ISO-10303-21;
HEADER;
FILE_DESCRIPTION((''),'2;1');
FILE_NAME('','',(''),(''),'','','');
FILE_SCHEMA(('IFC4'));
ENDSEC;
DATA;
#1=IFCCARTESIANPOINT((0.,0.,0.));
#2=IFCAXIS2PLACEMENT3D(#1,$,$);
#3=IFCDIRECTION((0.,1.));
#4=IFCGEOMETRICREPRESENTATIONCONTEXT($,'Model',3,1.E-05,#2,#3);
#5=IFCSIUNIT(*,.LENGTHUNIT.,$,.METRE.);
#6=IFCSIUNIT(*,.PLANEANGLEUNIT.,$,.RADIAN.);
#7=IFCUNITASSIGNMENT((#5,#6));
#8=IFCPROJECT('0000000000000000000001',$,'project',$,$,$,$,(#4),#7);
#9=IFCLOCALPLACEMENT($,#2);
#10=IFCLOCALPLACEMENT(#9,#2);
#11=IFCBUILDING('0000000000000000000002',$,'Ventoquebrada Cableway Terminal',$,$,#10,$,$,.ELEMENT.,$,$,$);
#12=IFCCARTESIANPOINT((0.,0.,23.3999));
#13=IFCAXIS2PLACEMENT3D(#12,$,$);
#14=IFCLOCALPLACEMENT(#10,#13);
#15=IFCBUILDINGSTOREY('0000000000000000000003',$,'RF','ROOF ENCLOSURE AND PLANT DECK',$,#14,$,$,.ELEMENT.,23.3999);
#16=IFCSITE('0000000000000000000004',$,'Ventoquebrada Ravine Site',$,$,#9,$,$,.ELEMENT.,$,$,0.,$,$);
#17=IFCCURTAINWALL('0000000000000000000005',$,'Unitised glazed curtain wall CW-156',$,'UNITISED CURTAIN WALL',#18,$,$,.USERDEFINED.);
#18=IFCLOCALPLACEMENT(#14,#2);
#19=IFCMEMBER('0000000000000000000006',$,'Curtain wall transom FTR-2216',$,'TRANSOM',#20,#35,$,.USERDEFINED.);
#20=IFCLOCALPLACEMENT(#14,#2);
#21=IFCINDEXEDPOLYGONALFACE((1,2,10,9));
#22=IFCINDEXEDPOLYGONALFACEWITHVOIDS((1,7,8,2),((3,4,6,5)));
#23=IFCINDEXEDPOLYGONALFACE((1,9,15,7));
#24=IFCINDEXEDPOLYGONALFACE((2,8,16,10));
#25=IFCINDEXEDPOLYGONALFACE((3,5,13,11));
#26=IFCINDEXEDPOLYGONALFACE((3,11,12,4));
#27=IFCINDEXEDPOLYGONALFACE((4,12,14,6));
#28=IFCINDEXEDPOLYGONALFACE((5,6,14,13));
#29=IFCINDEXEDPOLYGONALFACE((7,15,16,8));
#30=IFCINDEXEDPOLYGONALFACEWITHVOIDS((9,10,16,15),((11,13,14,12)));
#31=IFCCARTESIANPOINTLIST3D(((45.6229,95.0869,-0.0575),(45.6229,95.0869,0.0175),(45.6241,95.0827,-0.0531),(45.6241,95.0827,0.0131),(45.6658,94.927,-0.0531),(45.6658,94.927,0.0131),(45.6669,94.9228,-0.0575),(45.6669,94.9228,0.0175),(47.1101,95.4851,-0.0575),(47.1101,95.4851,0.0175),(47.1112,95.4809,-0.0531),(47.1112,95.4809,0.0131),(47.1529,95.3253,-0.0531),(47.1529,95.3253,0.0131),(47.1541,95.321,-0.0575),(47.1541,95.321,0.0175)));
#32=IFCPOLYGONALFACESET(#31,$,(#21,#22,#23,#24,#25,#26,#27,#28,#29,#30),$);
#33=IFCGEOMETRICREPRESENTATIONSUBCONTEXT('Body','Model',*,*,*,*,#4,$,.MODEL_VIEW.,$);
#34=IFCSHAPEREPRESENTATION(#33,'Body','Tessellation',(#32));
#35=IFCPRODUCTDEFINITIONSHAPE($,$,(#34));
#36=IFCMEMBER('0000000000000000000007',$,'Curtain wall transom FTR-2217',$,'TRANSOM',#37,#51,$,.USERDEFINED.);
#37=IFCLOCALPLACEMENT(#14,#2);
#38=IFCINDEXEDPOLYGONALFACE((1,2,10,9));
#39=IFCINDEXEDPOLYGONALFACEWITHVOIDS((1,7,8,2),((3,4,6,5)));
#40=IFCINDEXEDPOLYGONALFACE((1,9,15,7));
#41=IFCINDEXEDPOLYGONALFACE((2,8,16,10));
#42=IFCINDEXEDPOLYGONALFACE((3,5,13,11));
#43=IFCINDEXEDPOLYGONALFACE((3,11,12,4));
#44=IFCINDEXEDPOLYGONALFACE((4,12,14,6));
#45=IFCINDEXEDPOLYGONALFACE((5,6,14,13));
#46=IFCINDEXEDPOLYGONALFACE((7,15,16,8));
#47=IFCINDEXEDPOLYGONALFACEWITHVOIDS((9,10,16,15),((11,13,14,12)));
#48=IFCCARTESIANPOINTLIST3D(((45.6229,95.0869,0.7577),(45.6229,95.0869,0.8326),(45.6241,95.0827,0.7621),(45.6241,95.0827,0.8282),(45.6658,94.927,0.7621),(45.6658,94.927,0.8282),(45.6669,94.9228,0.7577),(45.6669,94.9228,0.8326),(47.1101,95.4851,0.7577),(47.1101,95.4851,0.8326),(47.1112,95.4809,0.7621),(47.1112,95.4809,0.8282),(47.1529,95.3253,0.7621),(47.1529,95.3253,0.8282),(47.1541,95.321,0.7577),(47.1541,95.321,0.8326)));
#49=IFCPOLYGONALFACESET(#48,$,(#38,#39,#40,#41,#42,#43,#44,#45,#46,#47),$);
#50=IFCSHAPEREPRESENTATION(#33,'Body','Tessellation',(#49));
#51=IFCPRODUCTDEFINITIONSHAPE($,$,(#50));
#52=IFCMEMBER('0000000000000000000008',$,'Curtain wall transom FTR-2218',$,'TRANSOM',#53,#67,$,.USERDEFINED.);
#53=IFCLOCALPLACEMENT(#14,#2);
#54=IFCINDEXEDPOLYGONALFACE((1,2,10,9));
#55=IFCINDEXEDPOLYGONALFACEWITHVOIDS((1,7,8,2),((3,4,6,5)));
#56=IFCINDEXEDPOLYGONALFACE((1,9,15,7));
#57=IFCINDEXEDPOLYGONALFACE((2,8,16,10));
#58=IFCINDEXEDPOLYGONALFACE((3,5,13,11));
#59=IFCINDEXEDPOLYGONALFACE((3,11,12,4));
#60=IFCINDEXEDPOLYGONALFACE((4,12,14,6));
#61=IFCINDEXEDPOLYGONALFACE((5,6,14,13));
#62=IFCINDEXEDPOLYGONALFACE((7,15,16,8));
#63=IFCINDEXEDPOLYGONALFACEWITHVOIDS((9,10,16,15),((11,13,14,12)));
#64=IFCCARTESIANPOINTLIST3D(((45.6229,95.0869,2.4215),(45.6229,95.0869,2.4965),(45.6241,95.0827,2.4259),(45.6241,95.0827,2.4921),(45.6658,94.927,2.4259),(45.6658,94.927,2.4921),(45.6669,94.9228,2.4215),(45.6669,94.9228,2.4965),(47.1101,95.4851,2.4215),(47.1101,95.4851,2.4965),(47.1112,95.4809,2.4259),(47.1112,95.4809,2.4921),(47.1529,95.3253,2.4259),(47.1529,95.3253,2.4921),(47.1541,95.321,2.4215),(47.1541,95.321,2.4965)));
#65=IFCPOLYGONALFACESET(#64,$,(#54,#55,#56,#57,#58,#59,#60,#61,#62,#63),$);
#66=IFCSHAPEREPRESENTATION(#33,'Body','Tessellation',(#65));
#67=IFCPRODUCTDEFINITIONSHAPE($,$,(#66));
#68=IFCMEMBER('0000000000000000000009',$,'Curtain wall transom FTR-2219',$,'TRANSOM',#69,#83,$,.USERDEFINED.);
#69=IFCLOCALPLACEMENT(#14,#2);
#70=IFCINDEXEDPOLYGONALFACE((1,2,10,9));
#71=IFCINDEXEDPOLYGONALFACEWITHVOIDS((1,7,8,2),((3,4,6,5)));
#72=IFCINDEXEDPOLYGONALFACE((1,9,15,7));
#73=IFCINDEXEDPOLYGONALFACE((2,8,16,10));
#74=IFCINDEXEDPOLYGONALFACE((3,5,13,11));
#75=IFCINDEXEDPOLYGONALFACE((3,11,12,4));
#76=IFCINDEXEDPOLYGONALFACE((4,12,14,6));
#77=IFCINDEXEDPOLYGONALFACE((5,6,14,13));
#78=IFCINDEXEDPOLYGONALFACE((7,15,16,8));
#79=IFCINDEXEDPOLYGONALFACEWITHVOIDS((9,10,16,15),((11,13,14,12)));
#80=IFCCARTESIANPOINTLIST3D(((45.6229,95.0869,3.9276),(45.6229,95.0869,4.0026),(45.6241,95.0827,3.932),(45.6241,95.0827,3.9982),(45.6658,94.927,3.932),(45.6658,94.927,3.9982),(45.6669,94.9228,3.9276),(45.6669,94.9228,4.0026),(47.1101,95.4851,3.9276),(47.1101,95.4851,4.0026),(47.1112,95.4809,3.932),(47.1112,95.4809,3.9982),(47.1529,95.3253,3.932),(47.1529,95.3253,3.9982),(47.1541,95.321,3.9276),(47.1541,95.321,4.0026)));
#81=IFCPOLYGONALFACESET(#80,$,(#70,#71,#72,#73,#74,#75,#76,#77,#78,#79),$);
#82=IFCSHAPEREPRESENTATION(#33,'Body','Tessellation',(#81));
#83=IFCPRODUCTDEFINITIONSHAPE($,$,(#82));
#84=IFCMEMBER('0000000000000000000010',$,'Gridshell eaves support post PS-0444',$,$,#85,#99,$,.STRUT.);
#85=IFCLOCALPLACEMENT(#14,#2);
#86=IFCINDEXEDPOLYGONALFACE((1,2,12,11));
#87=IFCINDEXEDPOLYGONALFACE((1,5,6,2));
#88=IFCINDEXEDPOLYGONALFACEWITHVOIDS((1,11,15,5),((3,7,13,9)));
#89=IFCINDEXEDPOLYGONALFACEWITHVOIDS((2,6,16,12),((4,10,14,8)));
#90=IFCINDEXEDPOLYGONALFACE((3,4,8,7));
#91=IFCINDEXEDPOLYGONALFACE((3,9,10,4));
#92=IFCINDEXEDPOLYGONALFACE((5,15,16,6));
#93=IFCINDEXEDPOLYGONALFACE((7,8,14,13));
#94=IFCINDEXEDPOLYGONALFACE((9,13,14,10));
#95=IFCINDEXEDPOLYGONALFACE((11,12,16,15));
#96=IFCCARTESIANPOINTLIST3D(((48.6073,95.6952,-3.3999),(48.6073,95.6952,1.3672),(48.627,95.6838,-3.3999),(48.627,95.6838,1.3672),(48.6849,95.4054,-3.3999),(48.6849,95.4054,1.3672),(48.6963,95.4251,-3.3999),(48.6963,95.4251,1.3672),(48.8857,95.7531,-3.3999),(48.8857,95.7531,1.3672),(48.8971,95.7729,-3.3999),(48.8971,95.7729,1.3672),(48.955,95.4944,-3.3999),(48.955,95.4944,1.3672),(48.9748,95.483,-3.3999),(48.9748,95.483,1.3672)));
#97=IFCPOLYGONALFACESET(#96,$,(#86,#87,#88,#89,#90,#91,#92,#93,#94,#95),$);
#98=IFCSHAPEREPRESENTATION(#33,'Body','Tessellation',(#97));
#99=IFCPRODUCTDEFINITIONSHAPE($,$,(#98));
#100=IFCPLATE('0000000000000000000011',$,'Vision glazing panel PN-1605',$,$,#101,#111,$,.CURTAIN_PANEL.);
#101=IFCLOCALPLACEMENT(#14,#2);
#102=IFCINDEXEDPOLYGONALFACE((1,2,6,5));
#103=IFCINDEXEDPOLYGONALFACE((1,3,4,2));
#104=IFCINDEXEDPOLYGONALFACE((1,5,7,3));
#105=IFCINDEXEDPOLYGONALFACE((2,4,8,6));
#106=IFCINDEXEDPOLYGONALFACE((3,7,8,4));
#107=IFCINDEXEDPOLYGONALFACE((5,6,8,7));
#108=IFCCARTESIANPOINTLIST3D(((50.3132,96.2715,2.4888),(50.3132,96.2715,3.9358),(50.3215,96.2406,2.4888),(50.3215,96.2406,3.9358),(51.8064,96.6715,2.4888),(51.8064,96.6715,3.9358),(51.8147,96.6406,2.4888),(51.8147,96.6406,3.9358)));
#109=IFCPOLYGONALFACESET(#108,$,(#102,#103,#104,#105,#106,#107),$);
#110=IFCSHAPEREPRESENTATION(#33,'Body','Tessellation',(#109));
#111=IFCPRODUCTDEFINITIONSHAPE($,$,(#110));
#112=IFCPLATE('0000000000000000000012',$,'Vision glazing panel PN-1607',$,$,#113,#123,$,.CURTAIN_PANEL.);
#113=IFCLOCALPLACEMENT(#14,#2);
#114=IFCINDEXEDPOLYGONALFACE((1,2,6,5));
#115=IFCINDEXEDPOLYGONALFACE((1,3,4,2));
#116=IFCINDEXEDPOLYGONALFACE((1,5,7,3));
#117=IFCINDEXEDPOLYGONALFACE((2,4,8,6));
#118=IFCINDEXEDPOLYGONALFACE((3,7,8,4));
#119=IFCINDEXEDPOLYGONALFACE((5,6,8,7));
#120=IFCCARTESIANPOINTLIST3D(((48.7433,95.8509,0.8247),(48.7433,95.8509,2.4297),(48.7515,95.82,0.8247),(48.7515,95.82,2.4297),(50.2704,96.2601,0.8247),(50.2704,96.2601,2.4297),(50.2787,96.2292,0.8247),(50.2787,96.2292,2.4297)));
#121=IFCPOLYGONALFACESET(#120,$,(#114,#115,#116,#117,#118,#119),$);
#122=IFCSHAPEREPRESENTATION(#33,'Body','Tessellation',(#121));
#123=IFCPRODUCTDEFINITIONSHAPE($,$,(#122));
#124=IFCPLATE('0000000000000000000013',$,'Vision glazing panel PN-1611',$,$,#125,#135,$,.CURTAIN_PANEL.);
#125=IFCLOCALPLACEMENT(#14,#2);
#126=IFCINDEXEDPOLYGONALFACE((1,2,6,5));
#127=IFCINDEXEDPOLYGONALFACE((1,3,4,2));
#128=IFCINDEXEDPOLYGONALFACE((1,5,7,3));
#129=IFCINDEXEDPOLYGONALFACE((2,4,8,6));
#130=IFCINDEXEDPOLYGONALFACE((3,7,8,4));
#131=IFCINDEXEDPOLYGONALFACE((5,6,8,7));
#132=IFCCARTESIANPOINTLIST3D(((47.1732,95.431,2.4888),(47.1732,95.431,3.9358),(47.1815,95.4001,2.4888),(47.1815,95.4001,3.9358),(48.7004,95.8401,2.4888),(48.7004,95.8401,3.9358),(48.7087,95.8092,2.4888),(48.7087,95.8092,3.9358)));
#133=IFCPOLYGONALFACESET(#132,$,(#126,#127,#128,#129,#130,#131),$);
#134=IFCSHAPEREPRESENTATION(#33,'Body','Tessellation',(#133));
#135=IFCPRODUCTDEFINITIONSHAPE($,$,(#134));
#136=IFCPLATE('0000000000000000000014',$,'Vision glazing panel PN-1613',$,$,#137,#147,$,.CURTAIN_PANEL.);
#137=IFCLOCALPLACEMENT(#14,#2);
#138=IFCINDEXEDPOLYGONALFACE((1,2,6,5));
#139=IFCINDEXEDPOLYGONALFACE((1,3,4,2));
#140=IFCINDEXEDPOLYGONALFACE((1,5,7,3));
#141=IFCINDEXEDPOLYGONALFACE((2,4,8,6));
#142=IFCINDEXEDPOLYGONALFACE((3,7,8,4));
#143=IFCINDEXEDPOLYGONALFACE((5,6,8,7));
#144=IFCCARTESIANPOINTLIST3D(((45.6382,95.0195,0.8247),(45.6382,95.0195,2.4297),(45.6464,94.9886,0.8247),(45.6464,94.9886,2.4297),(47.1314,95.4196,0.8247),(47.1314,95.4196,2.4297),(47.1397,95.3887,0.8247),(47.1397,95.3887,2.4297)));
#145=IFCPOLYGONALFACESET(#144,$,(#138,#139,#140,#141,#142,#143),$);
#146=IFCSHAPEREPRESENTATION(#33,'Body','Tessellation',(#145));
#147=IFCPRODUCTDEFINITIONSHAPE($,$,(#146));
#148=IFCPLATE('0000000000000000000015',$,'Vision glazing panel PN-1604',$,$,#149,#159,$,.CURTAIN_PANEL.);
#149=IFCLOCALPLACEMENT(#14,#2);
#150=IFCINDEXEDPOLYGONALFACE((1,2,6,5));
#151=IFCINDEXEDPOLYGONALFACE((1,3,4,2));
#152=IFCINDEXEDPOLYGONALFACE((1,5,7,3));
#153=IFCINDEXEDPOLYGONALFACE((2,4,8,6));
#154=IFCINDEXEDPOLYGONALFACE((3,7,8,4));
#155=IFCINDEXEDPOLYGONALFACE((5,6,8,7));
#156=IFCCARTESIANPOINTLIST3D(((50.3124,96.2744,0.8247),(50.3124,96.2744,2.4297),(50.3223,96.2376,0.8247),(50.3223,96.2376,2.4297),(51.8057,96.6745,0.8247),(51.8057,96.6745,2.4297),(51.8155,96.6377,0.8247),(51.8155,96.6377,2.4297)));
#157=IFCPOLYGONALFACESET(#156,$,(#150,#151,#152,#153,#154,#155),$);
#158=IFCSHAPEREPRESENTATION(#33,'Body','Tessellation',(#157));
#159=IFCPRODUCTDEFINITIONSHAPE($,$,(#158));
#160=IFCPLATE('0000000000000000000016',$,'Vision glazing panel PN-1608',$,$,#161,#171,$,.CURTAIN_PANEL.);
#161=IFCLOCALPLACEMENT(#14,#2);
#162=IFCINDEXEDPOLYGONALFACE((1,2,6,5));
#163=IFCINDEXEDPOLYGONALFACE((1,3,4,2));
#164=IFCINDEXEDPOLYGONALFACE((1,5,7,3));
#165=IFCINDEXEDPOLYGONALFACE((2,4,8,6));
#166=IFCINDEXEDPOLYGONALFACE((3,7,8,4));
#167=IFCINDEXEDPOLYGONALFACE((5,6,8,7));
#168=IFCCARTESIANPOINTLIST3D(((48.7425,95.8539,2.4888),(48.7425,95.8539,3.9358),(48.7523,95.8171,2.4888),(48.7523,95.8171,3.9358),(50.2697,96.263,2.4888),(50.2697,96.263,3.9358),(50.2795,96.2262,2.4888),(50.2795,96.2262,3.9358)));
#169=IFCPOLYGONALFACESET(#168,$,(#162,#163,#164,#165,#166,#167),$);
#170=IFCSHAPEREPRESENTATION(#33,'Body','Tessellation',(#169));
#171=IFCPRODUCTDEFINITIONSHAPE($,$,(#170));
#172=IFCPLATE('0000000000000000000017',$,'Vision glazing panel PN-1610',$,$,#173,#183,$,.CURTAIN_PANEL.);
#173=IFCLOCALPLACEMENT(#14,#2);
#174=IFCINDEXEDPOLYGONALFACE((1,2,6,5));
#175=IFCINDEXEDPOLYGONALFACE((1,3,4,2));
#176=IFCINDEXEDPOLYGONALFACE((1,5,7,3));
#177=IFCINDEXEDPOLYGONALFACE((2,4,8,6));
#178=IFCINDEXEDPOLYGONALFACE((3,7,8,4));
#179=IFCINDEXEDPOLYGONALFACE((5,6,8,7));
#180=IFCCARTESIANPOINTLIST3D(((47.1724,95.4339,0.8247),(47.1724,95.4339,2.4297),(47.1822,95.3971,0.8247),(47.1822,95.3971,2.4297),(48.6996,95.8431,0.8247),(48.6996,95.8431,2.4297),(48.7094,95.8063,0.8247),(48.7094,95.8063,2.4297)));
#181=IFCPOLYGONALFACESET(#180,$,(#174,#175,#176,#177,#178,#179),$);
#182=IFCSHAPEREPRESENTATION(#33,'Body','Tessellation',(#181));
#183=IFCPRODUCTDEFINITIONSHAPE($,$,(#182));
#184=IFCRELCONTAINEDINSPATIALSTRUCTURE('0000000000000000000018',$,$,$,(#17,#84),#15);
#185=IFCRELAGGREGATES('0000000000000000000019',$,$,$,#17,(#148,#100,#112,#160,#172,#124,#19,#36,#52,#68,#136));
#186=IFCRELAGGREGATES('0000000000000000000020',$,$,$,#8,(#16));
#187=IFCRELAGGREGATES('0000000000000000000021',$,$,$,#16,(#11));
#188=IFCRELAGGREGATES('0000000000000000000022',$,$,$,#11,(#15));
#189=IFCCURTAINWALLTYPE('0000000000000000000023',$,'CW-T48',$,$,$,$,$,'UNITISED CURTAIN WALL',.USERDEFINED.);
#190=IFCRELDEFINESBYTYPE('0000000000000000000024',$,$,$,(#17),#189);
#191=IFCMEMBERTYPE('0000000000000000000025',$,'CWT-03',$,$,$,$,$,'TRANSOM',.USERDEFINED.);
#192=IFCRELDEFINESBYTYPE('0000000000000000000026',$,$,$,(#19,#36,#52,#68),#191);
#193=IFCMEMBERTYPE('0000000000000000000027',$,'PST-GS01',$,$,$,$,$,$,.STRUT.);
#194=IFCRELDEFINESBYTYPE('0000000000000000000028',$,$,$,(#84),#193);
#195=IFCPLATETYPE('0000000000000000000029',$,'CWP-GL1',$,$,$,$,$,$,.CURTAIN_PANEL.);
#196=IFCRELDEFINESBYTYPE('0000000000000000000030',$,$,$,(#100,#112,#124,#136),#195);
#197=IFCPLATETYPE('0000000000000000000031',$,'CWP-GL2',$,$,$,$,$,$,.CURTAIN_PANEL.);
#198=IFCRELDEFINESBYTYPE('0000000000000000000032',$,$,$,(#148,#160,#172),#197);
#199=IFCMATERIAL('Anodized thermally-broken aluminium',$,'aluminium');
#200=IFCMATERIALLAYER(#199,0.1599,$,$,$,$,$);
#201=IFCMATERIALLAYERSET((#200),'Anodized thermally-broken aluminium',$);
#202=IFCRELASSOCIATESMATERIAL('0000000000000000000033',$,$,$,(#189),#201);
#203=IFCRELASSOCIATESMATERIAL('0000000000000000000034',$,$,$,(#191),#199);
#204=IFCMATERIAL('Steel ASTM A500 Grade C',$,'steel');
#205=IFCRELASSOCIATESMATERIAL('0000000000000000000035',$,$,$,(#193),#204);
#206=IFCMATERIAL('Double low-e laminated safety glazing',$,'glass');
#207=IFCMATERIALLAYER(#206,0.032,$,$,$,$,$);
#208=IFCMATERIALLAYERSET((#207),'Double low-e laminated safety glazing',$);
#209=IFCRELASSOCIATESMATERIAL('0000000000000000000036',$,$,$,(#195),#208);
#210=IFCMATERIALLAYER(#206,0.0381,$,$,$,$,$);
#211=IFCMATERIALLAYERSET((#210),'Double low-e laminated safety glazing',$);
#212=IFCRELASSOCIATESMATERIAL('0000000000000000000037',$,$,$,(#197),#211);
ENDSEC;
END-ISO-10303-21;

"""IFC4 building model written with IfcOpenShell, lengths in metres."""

from ifc_helpers import new_model, si_unit, direction, frame, origin, origin_2d, place, context, subcontext, project, spatial, rectangle, hollow_rectangle, extrude, material, layer, layer_set, material_profile, profile_set, type_object, element, aggregate, save


model = new_model("IFC4")

# Units and contexts
model_context = context("Model", 3, precision=1e-05, world=origin(), true_north=direction((0.0, 1.0)))
body_context = subcontext(model_context, "Body", "Model", "MODEL_VIEW")
ifc_project = project(units=[si_unit("LENGTHUNIT", "METRE"), si_unit("PLANEANGLEUNIT", "RADIAN")], contexts=[model_context])

# Site, building, storey
site_placement = place(None, origin())
site = spatial("IfcSite", under=ifc_project, at=site_placement, Name="Ventoquebrada Ravine Site", CompositionType="ELEMENT", RefElevation=0.0)
building_placement = place(site_placement, origin())
building = spatial("IfcBuilding", under=site, at=building_placement, Name="Ventoquebrada Cableway Terminal", CompositionType="ELEMENT")
storey_placement = place(building_placement, frame((0.0, 0.0, 23.3999)))
storey = spatial("IfcBuildingStorey", under=building, at=storey_placement, Name="RF", Description="ROOF ENCLOSURE AND PLANT DECK", CompositionType="ELEMENT", Elevation=23.3999)

# Curtain wall, members
ifc_material_1 = material(Name="Anodized thermally-broken aluminium", Category="aluminium")
ifc_layer_1 = layer(ifc_material_1, 0.1599)
ifc_layer_set_1 = layer_set([ifc_layer_1], Name="Anodized thermally-broken aluminium")
curtain_wall_type = type_object("IfcCurtainWallType", Name="CW-T48", ElementType="UNITISED CURTAIN WALL", PredefinedType="USERDEFINED", material=ifc_layer_set_1)
curtain_wall_placement = place(storey_placement, origin())
curtain_wall = element("IfcCurtainWall", 1, at=curtain_wall_placement, inside=storey, type_object=curtain_wall_type, Name="Unitised glazed curtain wall CW-156", ObjectType="UNITISED CURTAIN WALL", PredefinedType="USERDEFINED")
ifc_material_profile_1 = material_profile(ifc_material_1, hollow_rectangle(XDim=0.075, YDim=0.1699, WallThickness=0.0044, at=origin_2d()), Name="CW-TRN-75X170")
ifc_profile_set_1 = profile_set([ifc_material_profile_1], Name="Anodized thermally-broken aluminium")
member_type_1 = type_object("IfcMemberType", Name="CWT-03", ElementType="TRANSOM", PredefinedType="USERDEFINED", material=ifc_profile_set_1)
member_1_placement = place(storey_placement, frame((47.1321, 95.4031, -0.02), z_axis=(-0.965969, -0.258659, 0.0), x_axis=(0.0, 0.0, 1.0)))
member_1 = element("IfcMember", 2, at=member_1_placement, type_object=member_type_1, Name="Curtain wall transom FTR-2216", ObjectType="TRANSOM", PredefinedType="USERDEFINED", context=body_context, shape_type="SweptSolid", body=[
    extrude(hollow_rectangle(XDim=0.075, YDim=0.1699, WallThickness=0.0044, at=origin_2d()), origin(), (0.0, 0.0, 1.0), 1.5396),
])
member_2_placement = place(storey_placement, frame((47.1321, 95.4031, 0.7952), z_axis=(-0.965969, -0.258659, 0.0), x_axis=(0.0, 0.0, 1.0)))
member_2 = element("IfcMember", 3, at=member_2_placement, type_object=member_type_1, Name="Curtain wall transom FTR-2217", ObjectType="TRANSOM", PredefinedType="USERDEFINED", context=body_context, shape_type="SweptSolid", body=[
    extrude(hollow_rectangle(XDim=0.075, YDim=0.1699, WallThickness=0.0044, at=origin_2d()), origin(), (0.0, 0.0, 1.0), 1.5396),
])
member_3_placement = place(storey_placement, frame((47.1321, 95.4031, 2.459), z_axis=(-0.965969, -0.258659, 0.0), x_axis=(0.0, 0.0, 1.0)))
member_3 = element("IfcMember", 4, at=member_3_placement, type_object=member_type_1, Name="Curtain wall transom FTR-2218", ObjectType="TRANSOM", PredefinedType="USERDEFINED", context=body_context, shape_type="SweptSolid", body=[
    extrude(hollow_rectangle(XDim=0.075, YDim=0.1699, WallThickness=0.0044, at=origin_2d()), origin(), (0.0, 0.0, 1.0), 1.5396),
])
member_4_placement = place(storey_placement, frame((47.1321, 95.4031, 3.9651), z_axis=(-0.965969, -0.258659, 0.0), x_axis=(0.0, 0.0, 1.0)))
member_4 = element("IfcMember", 5, at=member_4_placement, type_object=member_type_1, Name="Curtain wall transom FTR-2219", ObjectType="TRANSOM", PredefinedType="USERDEFINED", context=body_context, shape_type="SweptSolid", body=[
    extrude(hollow_rectangle(XDim=0.075, YDim=0.1699, WallThickness=0.0044, at=origin_2d()), origin(), (0.0, 0.0, 1.0), 1.5396),
])

# Member
ifc_material_2 = material(Name="Steel ASTM A500 Grade C", Category="steel")
ifc_material_profile_2 = material_profile(ifc_material_2, hollow_rectangle(XDim=0.3, YDim=0.3, WallThickness=0.0161, at=origin_2d()), Name="HSS300X300X16")
ifc_profile_set_2 = profile_set([ifc_material_profile_2], Name="Steel ASTM A500 Grade C")
member_type_2 = type_object("IfcMemberType", Name="PST-GS01", PredefinedType="STRUT", material=ifc_profile_set_2)
member_5_placement = place(storey_placement, frame((48.791, 95.5891, -3.3999), z_axis=(0.0, 0.0, 1.0), x_axis=(0.965926, 0.258819, 0.0)))
element("IfcMember", 6, at=member_5_placement, inside=storey, type_object=member_type_2, Name="Gridshell eaves support post PS-0444", PredefinedType="STRUT", context=body_context, shape_type="SweptSolid", body=[
    extrude(hollow_rectangle(XDim=0.3, YDim=0.3, WallThickness=0.0161, at=origin_2d()), origin(), (0.0, 0.0, 1.0), 4.7671),
])

# Plates
ifc_material_3 = material(Name="Double low-e laminated safety glazing", Category="glass")
ifc_layer_2 = layer(ifc_material_3, 0.032)
ifc_layer_set_2 = layer_set([ifc_layer_2], Name="Double low-e laminated safety glazing")
plate_type_1 = type_object("IfcPlateType", Name="CWP-GL1", PredefinedType="CURTAIN_PANEL", material=ifc_layer_set_2)
plate_1_placement = place(storey_placement, frame((51.064, 96.4561, 2.4888), z_axis=(0.0, 0.0, 1.0), x_axis=(-0.965935, -0.258785, 0.0)))
plate_1 = element("IfcPlate", 7, at=plate_1_placement, type_object=plate_type_1, Name="Vision glazing panel PN-1605", PredefinedType="CURTAIN_PANEL", context=body_context, shape_type="SweptSolid", body=[
    extrude(rectangle(XDim=1.5459, YDim=0.032, at=origin_2d()), origin(), (0.0, 0.0, 1.0), 1.447),
])
plate_2_placement = place(storey_placement, frame((49.511, 96.04, 0.8247), z_axis=(0.0, 0.0, 1.0), x_axis=(-0.965935, -0.258785, 0.0)))
plate_2 = element("IfcPlate", 8, at=plate_2_placement, type_object=plate_type_1, Name="Vision glazing panel PN-1607", PredefinedType="CURTAIN_PANEL", context=body_context, shape_type="SweptSolid", body=[
    extrude(rectangle(XDim=1.5811, YDim=0.032, at=origin_2d()), origin(), (0.0, 0.0, 1.0), 1.605),
])
plate_3_placement = place(storey_placement, frame((47.9409, 95.6201, 2.4888), z_axis=(0.0, 0.0, 1.0), x_axis=(-0.965935, -0.258785, 0.0)))
plate_3 = element("IfcPlate", 9, at=plate_3_placement, type_object=plate_type_1, Name="Vision glazing panel PN-1611", PredefinedType="CURTAIN_PANEL", context=body_context, shape_type="SweptSolid", body=[
    extrude(rectangle(XDim=1.5811, YDim=0.032, at=origin_2d()), origin(), (0.0, 0.0, 1.0), 1.447),
])
plate_4_placement = place(storey_placement, frame((46.3889, 95.2041, 0.8247), z_axis=(0.0, 0.0, 1.0), x_axis=(-0.965935, -0.258785, 0.0)))
plate_4 = element("IfcPlate", 10, at=plate_4_placement, type_object=plate_type_1, Name="Vision glazing panel PN-1613", PredefinedType="CURTAIN_PANEL", context=body_context, shape_type="SweptSolid", body=[
    extrude(rectangle(XDim=1.5459, YDim=0.032, at=origin_2d()), origin(), (0.0, 0.0, 1.0), 1.605),
])
ifc_layer_3 = layer(ifc_material_3, 0.0381)
ifc_layer_set_3 = layer_set([ifc_layer_3], Name="Double low-e laminated safety glazing")
plate_type_2 = type_object("IfcPlateType", Name="CWP-GL2", PredefinedType="CURTAIN_PANEL", material=ifc_layer_set_3)
plate_5_placement = place(storey_placement, frame((51.064, 96.4561, 0.8247), z_axis=(0.0, 0.0, 1.0), x_axis=(-0.965935, -0.258785, 0.0)))
plate_5 = element("IfcPlate", 11, at=plate_5_placement, type_object=plate_type_2, Name="Vision glazing panel PN-1604", PredefinedType="CURTAIN_PANEL", context=body_context, shape_type="SweptSolid", body=[
    extrude(rectangle(XDim=1.5459, YDim=0.0381, at=origin_2d()), origin(), (0.0, 0.0, 1.0), 1.605),
])
plate_6_placement = place(storey_placement, frame((49.511, 96.04, 2.4888), z_axis=(0.0, 0.0, 1.0), x_axis=(-0.965935, -0.258785, 0.0)))
plate_6 = element("IfcPlate", 12, at=plate_6_placement, type_object=plate_type_2, Name="Vision glazing panel PN-1608", PredefinedType="CURTAIN_PANEL", context=body_context, shape_type="SweptSolid", body=[
    extrude(rectangle(XDim=1.5811, YDim=0.0381, at=origin_2d()), origin(), (0.0, 0.0, 1.0), 1.447),
])
plate_7_placement = place(storey_placement, frame((47.9409, 95.6201, 0.8247), z_axis=(0.0, 0.0, 1.0), x_axis=(-0.965935, -0.258785, 0.0)))
plate_7 = element("IfcPlate", 13, at=plate_7_placement, type_object=plate_type_2, Name="Vision glazing panel PN-1610", PredefinedType="CURTAIN_PANEL", context=body_context, shape_type="SweptSolid", body=[
    extrude(rectangle(XDim=1.5811, YDim=0.0381, at=origin_2d()), origin(), (0.0, 0.0, 1.0), 1.605),
])
aggregate(curtain_wall, [plate_5, plate_1, plate_2, plate_6, plate_7, plate_3, member_1, member_2, member_3, member_4, plate_4])

save(model, "model.ifc")
